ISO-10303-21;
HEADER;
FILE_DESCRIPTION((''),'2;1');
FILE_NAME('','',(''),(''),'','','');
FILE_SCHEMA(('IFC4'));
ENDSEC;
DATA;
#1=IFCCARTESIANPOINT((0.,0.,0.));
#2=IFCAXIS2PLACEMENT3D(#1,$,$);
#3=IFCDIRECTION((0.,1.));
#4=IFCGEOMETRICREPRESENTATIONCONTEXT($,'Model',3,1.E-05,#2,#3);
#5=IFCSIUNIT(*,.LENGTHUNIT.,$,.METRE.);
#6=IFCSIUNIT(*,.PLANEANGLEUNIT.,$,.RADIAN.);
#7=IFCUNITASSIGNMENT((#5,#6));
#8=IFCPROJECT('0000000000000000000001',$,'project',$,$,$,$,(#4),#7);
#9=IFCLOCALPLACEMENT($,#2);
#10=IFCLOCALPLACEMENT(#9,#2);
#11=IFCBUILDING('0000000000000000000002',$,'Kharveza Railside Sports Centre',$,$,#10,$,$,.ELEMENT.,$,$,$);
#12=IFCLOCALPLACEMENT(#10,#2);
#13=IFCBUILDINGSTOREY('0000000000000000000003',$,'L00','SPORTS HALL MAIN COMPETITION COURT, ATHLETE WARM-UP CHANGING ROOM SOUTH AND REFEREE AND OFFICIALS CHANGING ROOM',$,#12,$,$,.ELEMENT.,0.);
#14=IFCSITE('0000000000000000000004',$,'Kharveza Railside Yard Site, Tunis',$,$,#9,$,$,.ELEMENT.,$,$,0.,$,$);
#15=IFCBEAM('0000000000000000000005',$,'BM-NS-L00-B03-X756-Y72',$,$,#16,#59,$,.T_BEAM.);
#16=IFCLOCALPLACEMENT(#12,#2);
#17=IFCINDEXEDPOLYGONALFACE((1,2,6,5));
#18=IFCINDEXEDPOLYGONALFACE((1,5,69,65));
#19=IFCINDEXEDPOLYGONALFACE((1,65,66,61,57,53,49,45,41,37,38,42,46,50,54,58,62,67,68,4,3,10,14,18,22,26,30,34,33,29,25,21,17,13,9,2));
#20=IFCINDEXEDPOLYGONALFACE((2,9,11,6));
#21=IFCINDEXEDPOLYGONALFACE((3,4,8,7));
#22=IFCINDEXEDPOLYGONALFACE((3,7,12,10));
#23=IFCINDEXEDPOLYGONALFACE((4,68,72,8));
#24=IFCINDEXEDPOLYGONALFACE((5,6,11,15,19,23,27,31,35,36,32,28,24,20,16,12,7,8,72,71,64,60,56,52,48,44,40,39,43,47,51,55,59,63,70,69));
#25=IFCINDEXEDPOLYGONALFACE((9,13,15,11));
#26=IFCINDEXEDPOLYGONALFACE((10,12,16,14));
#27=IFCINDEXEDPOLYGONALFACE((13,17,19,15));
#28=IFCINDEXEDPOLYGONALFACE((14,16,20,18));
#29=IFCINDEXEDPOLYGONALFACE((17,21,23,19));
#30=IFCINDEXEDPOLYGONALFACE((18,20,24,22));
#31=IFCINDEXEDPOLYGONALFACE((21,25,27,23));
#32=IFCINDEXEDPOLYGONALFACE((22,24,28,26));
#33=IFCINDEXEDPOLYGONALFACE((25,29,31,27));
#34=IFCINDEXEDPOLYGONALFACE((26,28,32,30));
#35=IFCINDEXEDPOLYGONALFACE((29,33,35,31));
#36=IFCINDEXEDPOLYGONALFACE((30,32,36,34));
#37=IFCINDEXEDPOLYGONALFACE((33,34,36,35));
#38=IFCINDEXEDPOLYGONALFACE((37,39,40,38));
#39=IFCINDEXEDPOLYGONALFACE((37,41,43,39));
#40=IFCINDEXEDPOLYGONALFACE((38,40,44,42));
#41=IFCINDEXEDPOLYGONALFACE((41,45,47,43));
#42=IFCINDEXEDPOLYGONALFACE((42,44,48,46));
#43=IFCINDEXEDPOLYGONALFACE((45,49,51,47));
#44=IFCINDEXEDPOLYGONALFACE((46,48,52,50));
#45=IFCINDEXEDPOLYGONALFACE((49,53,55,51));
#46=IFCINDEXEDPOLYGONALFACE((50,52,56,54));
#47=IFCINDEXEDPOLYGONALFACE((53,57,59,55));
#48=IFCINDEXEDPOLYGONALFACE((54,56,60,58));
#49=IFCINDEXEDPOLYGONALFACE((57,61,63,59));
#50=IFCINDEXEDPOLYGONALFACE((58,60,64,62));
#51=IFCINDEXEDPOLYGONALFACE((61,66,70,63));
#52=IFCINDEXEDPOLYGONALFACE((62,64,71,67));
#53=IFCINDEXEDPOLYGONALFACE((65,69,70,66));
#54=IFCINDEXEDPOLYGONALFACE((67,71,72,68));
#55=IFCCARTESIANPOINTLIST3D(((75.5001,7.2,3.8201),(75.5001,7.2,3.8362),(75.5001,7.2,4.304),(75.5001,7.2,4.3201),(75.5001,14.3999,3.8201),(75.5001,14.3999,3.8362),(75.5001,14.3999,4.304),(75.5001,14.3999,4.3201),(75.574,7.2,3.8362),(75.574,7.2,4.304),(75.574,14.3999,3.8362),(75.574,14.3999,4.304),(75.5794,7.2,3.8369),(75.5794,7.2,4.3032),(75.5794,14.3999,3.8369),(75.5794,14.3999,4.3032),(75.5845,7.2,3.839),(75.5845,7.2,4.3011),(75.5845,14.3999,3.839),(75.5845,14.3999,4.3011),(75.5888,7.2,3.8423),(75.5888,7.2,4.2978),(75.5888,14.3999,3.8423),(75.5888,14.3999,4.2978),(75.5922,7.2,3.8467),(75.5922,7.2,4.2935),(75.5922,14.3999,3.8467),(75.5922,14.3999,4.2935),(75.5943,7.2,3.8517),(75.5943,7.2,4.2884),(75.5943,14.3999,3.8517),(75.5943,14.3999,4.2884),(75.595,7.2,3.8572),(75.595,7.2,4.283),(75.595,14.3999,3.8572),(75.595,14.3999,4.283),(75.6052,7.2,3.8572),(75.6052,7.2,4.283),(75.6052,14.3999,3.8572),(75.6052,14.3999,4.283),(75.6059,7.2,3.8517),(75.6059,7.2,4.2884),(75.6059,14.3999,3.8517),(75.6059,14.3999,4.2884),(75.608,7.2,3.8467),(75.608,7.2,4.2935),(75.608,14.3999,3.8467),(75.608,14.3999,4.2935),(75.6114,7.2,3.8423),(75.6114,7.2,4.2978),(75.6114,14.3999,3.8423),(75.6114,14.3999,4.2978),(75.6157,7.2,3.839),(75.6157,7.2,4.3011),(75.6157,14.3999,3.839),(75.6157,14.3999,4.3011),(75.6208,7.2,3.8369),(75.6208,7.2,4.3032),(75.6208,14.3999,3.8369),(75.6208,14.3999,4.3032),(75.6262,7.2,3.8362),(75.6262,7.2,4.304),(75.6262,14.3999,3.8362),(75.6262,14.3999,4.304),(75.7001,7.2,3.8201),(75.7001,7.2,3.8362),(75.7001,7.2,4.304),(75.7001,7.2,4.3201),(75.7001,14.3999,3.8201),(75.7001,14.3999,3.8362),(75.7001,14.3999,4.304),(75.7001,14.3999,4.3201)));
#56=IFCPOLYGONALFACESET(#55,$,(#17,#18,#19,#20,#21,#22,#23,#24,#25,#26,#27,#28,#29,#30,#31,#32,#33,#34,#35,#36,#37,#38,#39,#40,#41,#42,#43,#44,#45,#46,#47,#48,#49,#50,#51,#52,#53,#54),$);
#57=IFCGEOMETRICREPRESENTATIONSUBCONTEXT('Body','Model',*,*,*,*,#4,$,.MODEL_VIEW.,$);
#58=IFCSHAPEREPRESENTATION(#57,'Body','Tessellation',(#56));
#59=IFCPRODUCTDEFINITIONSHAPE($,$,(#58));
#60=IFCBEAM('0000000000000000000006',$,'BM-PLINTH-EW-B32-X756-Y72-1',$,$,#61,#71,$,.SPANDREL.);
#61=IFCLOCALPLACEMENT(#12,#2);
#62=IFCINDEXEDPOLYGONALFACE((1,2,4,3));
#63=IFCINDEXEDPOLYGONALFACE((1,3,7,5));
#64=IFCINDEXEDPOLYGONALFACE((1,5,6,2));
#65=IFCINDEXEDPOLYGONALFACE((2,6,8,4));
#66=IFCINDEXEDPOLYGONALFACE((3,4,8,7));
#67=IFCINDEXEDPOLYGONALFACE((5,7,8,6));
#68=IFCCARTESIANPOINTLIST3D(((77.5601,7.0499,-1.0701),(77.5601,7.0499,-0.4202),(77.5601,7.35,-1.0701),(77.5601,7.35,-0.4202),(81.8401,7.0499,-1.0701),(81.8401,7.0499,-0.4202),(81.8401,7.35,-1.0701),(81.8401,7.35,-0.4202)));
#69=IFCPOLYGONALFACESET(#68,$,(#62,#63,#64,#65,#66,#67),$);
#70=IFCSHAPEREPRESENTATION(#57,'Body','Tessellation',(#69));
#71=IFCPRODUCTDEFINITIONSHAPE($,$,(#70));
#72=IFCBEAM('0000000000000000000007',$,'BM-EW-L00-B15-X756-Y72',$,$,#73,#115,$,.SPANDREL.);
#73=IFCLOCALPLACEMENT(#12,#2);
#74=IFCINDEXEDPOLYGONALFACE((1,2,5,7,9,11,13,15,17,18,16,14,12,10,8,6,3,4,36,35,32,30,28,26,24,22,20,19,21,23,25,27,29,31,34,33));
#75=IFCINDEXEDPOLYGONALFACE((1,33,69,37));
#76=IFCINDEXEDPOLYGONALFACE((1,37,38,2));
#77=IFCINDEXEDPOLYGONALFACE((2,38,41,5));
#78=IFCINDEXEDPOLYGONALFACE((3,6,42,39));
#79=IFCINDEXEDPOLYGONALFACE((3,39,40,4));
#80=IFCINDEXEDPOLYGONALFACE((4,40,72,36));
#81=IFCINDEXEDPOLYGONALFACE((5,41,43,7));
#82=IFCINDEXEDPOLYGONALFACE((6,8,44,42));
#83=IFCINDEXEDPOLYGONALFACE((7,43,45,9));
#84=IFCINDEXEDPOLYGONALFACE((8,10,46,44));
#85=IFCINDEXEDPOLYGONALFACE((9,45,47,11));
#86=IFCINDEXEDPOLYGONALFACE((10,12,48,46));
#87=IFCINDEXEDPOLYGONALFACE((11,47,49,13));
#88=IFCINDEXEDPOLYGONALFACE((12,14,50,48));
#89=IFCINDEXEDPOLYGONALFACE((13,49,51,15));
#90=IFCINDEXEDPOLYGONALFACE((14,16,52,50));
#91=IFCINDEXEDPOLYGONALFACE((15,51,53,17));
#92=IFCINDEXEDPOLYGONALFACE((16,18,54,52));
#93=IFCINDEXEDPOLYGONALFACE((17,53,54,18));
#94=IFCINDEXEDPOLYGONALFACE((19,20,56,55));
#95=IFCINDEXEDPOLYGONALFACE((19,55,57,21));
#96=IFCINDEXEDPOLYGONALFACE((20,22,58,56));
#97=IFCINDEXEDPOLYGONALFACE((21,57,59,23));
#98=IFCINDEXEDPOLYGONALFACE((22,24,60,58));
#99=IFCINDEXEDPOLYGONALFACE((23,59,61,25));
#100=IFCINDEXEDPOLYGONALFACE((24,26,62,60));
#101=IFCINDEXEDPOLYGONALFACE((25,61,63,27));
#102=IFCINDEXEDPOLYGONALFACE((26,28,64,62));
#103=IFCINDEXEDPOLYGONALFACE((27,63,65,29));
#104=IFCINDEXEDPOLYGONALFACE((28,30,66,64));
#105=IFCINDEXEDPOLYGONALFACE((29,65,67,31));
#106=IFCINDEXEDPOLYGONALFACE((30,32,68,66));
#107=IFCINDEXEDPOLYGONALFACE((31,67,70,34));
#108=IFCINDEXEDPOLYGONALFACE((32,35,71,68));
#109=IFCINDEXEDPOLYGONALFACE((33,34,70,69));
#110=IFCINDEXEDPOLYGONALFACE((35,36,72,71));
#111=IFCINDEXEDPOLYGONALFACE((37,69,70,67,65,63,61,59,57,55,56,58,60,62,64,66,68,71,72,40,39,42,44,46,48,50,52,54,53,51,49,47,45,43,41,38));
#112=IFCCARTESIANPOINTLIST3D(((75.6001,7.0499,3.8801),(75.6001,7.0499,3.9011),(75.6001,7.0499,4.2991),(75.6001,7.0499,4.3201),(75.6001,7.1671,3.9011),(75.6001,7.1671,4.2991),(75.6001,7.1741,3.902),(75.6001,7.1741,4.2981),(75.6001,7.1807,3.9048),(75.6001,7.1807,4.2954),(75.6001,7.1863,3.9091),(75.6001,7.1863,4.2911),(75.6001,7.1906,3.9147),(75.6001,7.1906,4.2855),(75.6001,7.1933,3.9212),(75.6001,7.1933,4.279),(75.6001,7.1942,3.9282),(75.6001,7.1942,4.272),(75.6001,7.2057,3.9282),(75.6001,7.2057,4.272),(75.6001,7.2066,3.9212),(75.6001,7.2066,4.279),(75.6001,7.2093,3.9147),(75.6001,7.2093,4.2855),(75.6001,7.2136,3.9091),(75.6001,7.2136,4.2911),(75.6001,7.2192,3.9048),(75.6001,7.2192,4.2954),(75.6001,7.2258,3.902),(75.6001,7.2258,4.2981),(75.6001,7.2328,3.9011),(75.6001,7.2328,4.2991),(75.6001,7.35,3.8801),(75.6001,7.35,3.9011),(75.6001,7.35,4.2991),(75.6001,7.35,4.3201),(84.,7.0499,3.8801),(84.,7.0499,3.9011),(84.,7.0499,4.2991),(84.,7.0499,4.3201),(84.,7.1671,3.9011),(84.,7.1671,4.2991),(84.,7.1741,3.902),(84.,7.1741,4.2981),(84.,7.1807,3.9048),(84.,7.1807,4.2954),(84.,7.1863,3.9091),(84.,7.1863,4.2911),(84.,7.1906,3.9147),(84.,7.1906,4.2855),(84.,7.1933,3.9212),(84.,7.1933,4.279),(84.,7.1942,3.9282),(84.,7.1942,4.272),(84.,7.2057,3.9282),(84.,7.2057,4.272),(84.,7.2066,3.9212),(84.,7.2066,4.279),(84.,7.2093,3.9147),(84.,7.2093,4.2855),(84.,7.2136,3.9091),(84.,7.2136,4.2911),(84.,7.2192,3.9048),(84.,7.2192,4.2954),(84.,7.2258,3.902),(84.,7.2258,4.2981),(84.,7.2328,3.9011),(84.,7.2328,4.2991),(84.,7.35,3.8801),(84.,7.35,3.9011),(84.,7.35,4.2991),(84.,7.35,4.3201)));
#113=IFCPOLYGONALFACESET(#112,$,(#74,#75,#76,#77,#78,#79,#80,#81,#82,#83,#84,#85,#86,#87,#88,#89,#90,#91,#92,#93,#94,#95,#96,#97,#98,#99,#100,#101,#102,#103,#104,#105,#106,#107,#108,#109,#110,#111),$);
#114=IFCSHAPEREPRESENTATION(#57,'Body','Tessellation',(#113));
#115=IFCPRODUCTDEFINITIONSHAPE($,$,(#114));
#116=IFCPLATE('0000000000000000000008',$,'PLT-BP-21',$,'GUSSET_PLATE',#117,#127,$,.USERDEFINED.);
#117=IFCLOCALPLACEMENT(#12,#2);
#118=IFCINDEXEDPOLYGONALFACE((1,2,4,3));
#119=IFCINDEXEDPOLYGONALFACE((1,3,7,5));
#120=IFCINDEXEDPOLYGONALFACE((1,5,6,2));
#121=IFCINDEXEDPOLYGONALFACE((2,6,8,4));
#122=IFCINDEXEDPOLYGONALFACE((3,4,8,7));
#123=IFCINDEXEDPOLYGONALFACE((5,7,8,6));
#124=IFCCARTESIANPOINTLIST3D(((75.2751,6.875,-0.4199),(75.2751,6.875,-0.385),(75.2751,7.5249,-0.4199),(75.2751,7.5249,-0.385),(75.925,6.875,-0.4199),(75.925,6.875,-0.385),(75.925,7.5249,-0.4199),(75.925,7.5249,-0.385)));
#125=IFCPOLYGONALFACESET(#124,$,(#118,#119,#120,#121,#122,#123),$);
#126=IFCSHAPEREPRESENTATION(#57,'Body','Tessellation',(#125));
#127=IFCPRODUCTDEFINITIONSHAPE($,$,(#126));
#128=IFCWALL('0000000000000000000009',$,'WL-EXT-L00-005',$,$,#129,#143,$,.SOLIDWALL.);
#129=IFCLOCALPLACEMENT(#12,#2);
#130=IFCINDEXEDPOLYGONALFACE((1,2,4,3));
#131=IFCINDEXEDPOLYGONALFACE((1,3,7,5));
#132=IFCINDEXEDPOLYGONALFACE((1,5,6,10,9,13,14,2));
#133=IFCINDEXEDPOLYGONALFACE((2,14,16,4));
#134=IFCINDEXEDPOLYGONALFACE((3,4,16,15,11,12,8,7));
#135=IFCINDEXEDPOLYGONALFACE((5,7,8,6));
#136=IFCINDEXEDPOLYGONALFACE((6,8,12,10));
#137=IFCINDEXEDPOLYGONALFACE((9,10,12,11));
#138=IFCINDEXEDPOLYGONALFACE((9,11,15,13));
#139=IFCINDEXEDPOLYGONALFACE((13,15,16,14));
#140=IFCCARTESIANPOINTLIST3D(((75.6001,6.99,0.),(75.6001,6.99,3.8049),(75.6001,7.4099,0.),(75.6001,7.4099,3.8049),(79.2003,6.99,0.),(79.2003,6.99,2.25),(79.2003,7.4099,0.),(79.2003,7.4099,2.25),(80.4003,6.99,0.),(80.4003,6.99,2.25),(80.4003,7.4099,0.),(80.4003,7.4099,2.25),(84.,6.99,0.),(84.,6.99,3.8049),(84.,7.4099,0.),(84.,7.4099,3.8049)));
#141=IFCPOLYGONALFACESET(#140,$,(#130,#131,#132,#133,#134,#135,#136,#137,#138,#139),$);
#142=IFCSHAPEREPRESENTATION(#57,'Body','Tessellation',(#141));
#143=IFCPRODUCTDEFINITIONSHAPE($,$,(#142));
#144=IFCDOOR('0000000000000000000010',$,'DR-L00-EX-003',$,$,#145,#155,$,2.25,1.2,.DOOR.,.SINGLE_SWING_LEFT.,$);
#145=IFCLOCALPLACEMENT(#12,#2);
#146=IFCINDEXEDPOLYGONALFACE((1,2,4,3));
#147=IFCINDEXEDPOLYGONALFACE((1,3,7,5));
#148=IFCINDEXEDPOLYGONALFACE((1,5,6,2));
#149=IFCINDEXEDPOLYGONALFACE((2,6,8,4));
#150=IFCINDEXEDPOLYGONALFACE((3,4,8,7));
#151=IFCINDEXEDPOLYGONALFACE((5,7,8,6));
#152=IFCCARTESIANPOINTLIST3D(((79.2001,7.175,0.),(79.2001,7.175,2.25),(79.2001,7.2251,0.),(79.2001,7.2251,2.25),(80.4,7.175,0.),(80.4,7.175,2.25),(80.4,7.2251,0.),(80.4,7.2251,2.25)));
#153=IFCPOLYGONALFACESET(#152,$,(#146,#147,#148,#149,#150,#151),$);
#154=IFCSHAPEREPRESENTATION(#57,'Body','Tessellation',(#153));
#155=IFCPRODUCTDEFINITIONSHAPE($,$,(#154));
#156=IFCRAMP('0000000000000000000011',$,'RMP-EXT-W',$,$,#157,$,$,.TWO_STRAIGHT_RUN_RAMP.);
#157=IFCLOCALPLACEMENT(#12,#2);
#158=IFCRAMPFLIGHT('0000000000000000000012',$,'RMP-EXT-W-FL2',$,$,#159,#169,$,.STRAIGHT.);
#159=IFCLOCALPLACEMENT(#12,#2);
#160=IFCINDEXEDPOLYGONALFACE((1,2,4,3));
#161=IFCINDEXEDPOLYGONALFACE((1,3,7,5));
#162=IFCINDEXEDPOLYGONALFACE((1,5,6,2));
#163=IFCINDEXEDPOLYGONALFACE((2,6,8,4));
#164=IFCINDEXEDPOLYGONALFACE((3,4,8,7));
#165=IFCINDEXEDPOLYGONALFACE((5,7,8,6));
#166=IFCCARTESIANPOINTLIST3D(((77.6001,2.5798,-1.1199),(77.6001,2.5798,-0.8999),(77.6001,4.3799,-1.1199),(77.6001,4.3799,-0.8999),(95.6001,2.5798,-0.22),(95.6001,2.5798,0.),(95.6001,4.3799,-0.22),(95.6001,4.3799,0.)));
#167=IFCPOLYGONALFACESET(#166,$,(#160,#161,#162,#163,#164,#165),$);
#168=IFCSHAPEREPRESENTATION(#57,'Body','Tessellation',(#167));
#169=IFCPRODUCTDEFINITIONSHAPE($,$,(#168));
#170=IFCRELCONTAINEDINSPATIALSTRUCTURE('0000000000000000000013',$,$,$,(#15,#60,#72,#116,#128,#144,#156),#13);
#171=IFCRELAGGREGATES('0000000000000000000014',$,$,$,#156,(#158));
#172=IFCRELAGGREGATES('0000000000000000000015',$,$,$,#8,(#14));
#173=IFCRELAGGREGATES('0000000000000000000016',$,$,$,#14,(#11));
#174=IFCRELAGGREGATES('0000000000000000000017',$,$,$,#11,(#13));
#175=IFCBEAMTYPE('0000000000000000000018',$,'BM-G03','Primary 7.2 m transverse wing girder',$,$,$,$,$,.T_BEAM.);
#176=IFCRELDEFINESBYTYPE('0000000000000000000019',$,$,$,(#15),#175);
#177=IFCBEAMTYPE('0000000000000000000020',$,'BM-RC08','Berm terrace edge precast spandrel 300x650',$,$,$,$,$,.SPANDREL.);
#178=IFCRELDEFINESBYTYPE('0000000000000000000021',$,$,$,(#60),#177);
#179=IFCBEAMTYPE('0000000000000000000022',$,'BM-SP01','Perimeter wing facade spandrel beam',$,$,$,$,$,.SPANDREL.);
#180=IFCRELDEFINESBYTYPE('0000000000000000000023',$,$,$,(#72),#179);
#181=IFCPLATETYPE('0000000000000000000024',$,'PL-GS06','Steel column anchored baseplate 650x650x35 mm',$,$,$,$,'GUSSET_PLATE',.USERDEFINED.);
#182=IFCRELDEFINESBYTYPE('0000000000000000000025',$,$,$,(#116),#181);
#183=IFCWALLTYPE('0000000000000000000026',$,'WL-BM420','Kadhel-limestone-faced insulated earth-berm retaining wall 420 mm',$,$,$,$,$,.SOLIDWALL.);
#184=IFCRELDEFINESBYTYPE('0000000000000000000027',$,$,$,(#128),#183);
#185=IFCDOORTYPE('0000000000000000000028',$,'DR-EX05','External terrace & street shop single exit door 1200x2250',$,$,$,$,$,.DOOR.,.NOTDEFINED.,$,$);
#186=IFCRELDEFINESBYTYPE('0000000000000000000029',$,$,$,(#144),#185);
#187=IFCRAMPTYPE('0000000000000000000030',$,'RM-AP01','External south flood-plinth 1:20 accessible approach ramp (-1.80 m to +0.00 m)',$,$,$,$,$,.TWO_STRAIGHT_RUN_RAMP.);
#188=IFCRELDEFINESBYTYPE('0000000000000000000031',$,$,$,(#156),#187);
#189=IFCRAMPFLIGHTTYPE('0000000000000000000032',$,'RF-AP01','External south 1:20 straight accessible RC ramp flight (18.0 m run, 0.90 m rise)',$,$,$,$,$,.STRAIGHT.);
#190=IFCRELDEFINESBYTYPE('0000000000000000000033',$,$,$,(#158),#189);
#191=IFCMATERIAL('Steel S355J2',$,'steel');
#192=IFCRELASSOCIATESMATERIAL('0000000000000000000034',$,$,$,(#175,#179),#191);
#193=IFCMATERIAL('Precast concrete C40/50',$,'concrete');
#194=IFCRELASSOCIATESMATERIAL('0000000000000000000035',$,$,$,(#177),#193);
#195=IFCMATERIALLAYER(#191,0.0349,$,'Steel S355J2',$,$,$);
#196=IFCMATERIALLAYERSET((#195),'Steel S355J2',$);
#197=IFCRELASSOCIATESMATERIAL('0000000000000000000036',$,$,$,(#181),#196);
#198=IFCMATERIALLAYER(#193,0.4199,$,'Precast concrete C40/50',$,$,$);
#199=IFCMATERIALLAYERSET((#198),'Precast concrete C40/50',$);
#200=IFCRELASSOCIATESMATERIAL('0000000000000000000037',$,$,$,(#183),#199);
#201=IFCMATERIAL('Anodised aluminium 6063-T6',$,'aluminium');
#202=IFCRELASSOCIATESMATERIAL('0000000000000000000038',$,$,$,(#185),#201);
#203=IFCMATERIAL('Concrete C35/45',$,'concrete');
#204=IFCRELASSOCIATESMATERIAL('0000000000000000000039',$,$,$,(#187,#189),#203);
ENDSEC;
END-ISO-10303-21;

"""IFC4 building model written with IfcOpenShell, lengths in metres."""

from ifc_helpers import new_model, si_unit, direction, frame, frame_2d, origin, origin_2d, place, context, subcontext, project, spatial, polyline, rectangle, i_section, outline, extrude, material, layer, layer_set, material_profile, profile_set, type_object, element, fill, aggregate, save


model = new_model("IFC4")

# Units and contexts
model_context = context("Model", 3, precision=1e-05, world=origin(), true_north=direction((0.0, 1.0)))
body_context = subcontext(model_context, "Body", "Model", "MODEL_VIEW")
ifc_project = project(units=[si_unit("LENGTHUNIT", "METRE"), si_unit("PLANEANGLEUNIT", "RADIAN")], contexts=[model_context])

# Site, building, storey
site_placement = place(None, origin())
site = spatial("IfcSite", under=ifc_project, at=site_placement, Name="Kharveza Railside Yard Site, Tunis", CompositionType="ELEMENT", RefElevation=0.0)
building_placement = place(site_placement, origin())
building = spatial("IfcBuilding", under=site, at=building_placement, Name="Kharveza Railside Sports Centre", CompositionType="ELEMENT")
storey_placement = place(building_placement, origin())
storey = spatial("IfcBuildingStorey", under=building, at=storey_placement, Name="L00", Description="SPORTS HALL MAIN COMPETITION COURT, ATHLETE WARM-UP CHANGING ROOM SOUTH AND REFEREE AND OFFICIALS CHANGING ROOM", CompositionType="ELEMENT", Elevation=0.0)

# Shared definitions
ifc_material_1 = material(Name="Concrete C35/45", Category="concrete")

# Shared definitions
ifc_material_2 = material(Name="Steel S355J2", Category="steel")

# Beams
ifc_material_profile_1 = material_profile(ifc_material_2, i_section(OverallWidth=0.2, OverallDepth=0.5, WebThickness=0.0103, FlangeThickness=0.0161, FilletRadius=0.021, at=origin_2d()), Name="IPE 500")
ifc_profile_set_1 = profile_set([ifc_material_profile_1], Name="Steel S355J2")
beam_type_1 = type_object("IfcBeamType", Name="BM-G03", Description="Primary 7.2 m transverse wing girder", PredefinedType="T_BEAM", material=ifc_profile_set_1)
beam_1_placement = place(storey_placement, frame((75.6001, 7.2, 4.0701), z_axis=(0.0, 1.0, 0.0), x_axis=(-1.0, 0.0, 0.0)))
element("IfcBeam", 1, at=beam_1_placement, inside=storey, type_object=beam_type_1, Name="BM-NS-L00-B03-X756-Y72", PredefinedType="T_BEAM", context=body_context, shape_type="SweptSolid", body=[
    extrude(i_section(OverallWidth=0.2, OverallDepth=0.5, WebThickness=0.0103, FlangeThickness=0.0161, FilletRadius=0.021, at=origin_2d()), origin(), (0.0, 0.0, 1.0), 7.2),
])
ifc_material_3 = material(Name="Precast concrete C40/50", Category="concrete")
ifc_material_profile_2 = material_profile(ifc_material_3, rectangle(XDim=0.3, YDim=0.6499, at=origin_2d()), Name="RCB 300x650")
ifc_profile_set_2 = profile_set([ifc_material_profile_2], Name="Precast concrete C40/50")
beam_type_2 = type_object("IfcBeamType", Name="BM-RC08", Description="Berm terrace edge precast spandrel 300x650", PredefinedType="SPANDREL", material=ifc_profile_set_2)
beam_2_placement = place(storey_placement, frame((77.5601, 7.2, -0.7451), z_axis=(1.0, 0.0, 0.0), x_axis=(0.0, 1.0, 0.0)))
element("IfcBeam", 2, at=beam_2_placement, inside=storey, type_object=beam_type_2, Name="BM-PLINTH-EW-B32-X756-Y72-1", PredefinedType="SPANDREL", context=body_context, shape_type="SweptSolid", body=[
    extrude(rectangle(XDim=0.3, YDim=0.6499, at=origin_2d()), origin(), (0.0, 0.0, 1.0), 4.28),
])
ifc_material_profile_3 = material_profile(ifc_material_2, i_section(OverallWidth=0.3, OverallDepth=0.4399, WebThickness=0.0115, FlangeThickness=0.021, FilletRadius=0.0271, at=origin_2d()), Name="HEA 450")
ifc_profile_set_3 = profile_set([ifc_material_profile_3], Name="Steel S355J2")
beam_type_3 = type_object("IfcBeamType", Name="BM-SP01", Description="Perimeter wing facade spandrel beam", PredefinedType="SPANDREL", material=ifc_profile_set_3)
beam_3_placement = place(storey_placement, frame((75.6001, 7.2, 4.1001), z_axis=(1.0, 0.0, 0.0), x_axis=(0.0, 1.0, 0.0)))
element("IfcBeam", 3, at=beam_3_placement, inside=storey, type_object=beam_type_3, Name="BM-EW-L00-B15-X756-Y72", PredefinedType="SPANDREL", context=body_context, shape_type="SweptSolid", body=[
    extrude(i_section(OverallWidth=0.3, OverallDepth=0.4399, WebThickness=0.0115, FlangeThickness=0.021, FilletRadius=0.0271, at=origin_2d()), origin(), (0.0, 0.0, 1.0), 8.3999),
])

# Plate
ifc_layer_1 = layer(ifc_material_2, 0.0349, Name="Steel S355J2")
ifc_layer_set_1 = layer_set([ifc_layer_1], Name="Steel S355J2")
plate_type = type_object("IfcPlateType", Name="PL-GS06", Description="Steel column anchored baseplate 650x650x35 mm", ElementType="GUSSET_PLATE", PredefinedType="USERDEFINED", material=ifc_layer_set_1)
plate_placement = place(storey_placement, frame((75.6001, 7.2, -0.4199), z_axis=(0.0, 0.0, 1.0), x_axis=(1.0, 0.0, 0.0)))
element("IfcPlate", 4, at=plate_placement, inside=storey, type_object=plate_type, Name="PLT-BP-21", ObjectType="GUSSET_PLATE", PredefinedType="USERDEFINED", context=body_context, shape_type="SweptSolid", body=[
    extrude(rectangle(XDim=0.6499, YDim=0.6499, at=origin_2d()), origin(), (0.0, 0.0, 1.0), 0.0349),
])

# Wall, opening, door
ifc_layer_2 = layer(ifc_material_3, 0.4199, Name="Precast concrete C40/50")
ifc_layer_set_2 = layer_set([ifc_layer_2], Name="Precast concrete C40/50")
wall_type = type_object("IfcWallType", Name="WL-BM420", Description="Kadhel-limestone-faced insulated earth-berm retaining wall 420 mm", PredefinedType="SOLIDWALL", material=ifc_layer_set_2)
wall_placement = place(storey_placement, frame((75.6001, 7.2, 0.0), z_axis=(0.0, 0.0, 1.0), x_axis=(1.0, 0.0, 0.0)))
wall = element("IfcWall", 5, at=wall_placement, inside=storey, type_object=wall_type, Name="WL-EXT-L00-005", PredefinedType="SOLIDWALL", context=body_context, shape_type="SweptSolid", body=[
    extrude(rectangle(XDim=8.3999, YDim=0.4199, at=frame_2d((4.2, 0.0))), origin(), (0.0, 0.0, 1.0), 3.8049),
])
opening_placement = place(wall_placement, frame((3.6001, 0.0, 0.0)))
opening = element("IfcOpeningElement", 6, at=opening_placement, cuts=wall, PredefinedType="OPENING", context=body_context, shape_type="SweptSolid", body=[
    extrude(rectangle(XDim=1.2, YDim=2.25, at=frame_2d((0.6001, 1.125))), frame((0.0, 0.2349, 0.0), z_axis=(0.0, -1.0, 0.0), x_axis=(1.0, 0.0, 0.0)), (0.0, 0.0, 1.0), 0.4697),
])
ifc_material_4 = material(Name="Anodised aluminium 6063-T6", Category="aluminium")
door_type = type_object("IfcDoorType", Name="DR-EX05", Description="External terrace & street shop single exit door 1200x2250", OperationType="NOTDEFINED", PredefinedType="DOOR", material=ifc_material_4)
door_placement = place(opening_placement, frame((1.2, 0.0, 0.0), z_axis=(0.0, 0.0, 1.0), x_axis=(-1.0, 0.0, 0.0)))
door = element("IfcDoor", 7, at=door_placement, inside=storey, type_object=door_type, Name="DR-L00-EX-003", OperationType="SINGLE_SWING_LEFT", OverallHeight=2.25, OverallWidth=1.2, PredefinedType="DOOR", context=body_context, shape_type="SweptSolid", body=[
    extrude(rectangle(XDim=1.2, YDim=2.25, at=frame_2d((0.6001, 1.125))), frame((0.0, 0.0249, 0.0), z_axis=(0.0, -1.0, 0.0), x_axis=(1.0, 0.0, 0.0)), (0.0, 0.0, 1.0), 0.05),
])
fill(opening, door)

# Ramp, ramp flight
ramp_type = type_object("IfcRampType", Name="RM-AP01", Description="External south flood-plinth 1:20 accessible approach ramp (-1.80 m to +0.00 m)", PredefinedType="TWO_STRAIGHT_RUN_RAMP", material=ifc_material_1)
ramp_placement = place(storey_placement, origin())
ramp = element("IfcRamp", 8, at=ramp_placement, inside=storey, type_object=ramp_type, Name="RMP-EXT-W", PredefinedType="TWO_STRAIGHT_RUN_RAMP")
ramp_flight_type = type_object("IfcRampFlightType", Name="RF-AP01", Description="External south 1:20 straight accessible RC ramp flight (18.0 m run, 0.90 m rise)", PredefinedType="STRAIGHT", material=ifc_material_1)
ramp_flight_placement = place(storey_placement, frame((77.6001, 3.48, -0.8999), z_axis=(0.0, 0.0, 1.0), x_axis=(1.0, 0.0, 0.0)))
ramp_flight = element("IfcRampFlight", 9, at=ramp_flight_placement, type_object=ramp_flight_type, Name="RMP-EXT-W-FL2", PredefinedType="STRAIGHT", context=body_context, shape_type="SweptSolid", body=[
    extrude(outline(polyline([(0.0, 0.0), (0.0, -0.22), (18.0, 0.6799), (18.0, 0.8999), (0.0, 0.0)])), frame((0.0, 0.8999, 0.0), z_axis=(0.0, -1.0, 0.0), x_axis=(1.0, 0.0, 0.0)), (0.0, 0.0, 1.0), 1.8),
])
aggregate(ramp, [ramp_flight])

save(model, "model.ifc")
